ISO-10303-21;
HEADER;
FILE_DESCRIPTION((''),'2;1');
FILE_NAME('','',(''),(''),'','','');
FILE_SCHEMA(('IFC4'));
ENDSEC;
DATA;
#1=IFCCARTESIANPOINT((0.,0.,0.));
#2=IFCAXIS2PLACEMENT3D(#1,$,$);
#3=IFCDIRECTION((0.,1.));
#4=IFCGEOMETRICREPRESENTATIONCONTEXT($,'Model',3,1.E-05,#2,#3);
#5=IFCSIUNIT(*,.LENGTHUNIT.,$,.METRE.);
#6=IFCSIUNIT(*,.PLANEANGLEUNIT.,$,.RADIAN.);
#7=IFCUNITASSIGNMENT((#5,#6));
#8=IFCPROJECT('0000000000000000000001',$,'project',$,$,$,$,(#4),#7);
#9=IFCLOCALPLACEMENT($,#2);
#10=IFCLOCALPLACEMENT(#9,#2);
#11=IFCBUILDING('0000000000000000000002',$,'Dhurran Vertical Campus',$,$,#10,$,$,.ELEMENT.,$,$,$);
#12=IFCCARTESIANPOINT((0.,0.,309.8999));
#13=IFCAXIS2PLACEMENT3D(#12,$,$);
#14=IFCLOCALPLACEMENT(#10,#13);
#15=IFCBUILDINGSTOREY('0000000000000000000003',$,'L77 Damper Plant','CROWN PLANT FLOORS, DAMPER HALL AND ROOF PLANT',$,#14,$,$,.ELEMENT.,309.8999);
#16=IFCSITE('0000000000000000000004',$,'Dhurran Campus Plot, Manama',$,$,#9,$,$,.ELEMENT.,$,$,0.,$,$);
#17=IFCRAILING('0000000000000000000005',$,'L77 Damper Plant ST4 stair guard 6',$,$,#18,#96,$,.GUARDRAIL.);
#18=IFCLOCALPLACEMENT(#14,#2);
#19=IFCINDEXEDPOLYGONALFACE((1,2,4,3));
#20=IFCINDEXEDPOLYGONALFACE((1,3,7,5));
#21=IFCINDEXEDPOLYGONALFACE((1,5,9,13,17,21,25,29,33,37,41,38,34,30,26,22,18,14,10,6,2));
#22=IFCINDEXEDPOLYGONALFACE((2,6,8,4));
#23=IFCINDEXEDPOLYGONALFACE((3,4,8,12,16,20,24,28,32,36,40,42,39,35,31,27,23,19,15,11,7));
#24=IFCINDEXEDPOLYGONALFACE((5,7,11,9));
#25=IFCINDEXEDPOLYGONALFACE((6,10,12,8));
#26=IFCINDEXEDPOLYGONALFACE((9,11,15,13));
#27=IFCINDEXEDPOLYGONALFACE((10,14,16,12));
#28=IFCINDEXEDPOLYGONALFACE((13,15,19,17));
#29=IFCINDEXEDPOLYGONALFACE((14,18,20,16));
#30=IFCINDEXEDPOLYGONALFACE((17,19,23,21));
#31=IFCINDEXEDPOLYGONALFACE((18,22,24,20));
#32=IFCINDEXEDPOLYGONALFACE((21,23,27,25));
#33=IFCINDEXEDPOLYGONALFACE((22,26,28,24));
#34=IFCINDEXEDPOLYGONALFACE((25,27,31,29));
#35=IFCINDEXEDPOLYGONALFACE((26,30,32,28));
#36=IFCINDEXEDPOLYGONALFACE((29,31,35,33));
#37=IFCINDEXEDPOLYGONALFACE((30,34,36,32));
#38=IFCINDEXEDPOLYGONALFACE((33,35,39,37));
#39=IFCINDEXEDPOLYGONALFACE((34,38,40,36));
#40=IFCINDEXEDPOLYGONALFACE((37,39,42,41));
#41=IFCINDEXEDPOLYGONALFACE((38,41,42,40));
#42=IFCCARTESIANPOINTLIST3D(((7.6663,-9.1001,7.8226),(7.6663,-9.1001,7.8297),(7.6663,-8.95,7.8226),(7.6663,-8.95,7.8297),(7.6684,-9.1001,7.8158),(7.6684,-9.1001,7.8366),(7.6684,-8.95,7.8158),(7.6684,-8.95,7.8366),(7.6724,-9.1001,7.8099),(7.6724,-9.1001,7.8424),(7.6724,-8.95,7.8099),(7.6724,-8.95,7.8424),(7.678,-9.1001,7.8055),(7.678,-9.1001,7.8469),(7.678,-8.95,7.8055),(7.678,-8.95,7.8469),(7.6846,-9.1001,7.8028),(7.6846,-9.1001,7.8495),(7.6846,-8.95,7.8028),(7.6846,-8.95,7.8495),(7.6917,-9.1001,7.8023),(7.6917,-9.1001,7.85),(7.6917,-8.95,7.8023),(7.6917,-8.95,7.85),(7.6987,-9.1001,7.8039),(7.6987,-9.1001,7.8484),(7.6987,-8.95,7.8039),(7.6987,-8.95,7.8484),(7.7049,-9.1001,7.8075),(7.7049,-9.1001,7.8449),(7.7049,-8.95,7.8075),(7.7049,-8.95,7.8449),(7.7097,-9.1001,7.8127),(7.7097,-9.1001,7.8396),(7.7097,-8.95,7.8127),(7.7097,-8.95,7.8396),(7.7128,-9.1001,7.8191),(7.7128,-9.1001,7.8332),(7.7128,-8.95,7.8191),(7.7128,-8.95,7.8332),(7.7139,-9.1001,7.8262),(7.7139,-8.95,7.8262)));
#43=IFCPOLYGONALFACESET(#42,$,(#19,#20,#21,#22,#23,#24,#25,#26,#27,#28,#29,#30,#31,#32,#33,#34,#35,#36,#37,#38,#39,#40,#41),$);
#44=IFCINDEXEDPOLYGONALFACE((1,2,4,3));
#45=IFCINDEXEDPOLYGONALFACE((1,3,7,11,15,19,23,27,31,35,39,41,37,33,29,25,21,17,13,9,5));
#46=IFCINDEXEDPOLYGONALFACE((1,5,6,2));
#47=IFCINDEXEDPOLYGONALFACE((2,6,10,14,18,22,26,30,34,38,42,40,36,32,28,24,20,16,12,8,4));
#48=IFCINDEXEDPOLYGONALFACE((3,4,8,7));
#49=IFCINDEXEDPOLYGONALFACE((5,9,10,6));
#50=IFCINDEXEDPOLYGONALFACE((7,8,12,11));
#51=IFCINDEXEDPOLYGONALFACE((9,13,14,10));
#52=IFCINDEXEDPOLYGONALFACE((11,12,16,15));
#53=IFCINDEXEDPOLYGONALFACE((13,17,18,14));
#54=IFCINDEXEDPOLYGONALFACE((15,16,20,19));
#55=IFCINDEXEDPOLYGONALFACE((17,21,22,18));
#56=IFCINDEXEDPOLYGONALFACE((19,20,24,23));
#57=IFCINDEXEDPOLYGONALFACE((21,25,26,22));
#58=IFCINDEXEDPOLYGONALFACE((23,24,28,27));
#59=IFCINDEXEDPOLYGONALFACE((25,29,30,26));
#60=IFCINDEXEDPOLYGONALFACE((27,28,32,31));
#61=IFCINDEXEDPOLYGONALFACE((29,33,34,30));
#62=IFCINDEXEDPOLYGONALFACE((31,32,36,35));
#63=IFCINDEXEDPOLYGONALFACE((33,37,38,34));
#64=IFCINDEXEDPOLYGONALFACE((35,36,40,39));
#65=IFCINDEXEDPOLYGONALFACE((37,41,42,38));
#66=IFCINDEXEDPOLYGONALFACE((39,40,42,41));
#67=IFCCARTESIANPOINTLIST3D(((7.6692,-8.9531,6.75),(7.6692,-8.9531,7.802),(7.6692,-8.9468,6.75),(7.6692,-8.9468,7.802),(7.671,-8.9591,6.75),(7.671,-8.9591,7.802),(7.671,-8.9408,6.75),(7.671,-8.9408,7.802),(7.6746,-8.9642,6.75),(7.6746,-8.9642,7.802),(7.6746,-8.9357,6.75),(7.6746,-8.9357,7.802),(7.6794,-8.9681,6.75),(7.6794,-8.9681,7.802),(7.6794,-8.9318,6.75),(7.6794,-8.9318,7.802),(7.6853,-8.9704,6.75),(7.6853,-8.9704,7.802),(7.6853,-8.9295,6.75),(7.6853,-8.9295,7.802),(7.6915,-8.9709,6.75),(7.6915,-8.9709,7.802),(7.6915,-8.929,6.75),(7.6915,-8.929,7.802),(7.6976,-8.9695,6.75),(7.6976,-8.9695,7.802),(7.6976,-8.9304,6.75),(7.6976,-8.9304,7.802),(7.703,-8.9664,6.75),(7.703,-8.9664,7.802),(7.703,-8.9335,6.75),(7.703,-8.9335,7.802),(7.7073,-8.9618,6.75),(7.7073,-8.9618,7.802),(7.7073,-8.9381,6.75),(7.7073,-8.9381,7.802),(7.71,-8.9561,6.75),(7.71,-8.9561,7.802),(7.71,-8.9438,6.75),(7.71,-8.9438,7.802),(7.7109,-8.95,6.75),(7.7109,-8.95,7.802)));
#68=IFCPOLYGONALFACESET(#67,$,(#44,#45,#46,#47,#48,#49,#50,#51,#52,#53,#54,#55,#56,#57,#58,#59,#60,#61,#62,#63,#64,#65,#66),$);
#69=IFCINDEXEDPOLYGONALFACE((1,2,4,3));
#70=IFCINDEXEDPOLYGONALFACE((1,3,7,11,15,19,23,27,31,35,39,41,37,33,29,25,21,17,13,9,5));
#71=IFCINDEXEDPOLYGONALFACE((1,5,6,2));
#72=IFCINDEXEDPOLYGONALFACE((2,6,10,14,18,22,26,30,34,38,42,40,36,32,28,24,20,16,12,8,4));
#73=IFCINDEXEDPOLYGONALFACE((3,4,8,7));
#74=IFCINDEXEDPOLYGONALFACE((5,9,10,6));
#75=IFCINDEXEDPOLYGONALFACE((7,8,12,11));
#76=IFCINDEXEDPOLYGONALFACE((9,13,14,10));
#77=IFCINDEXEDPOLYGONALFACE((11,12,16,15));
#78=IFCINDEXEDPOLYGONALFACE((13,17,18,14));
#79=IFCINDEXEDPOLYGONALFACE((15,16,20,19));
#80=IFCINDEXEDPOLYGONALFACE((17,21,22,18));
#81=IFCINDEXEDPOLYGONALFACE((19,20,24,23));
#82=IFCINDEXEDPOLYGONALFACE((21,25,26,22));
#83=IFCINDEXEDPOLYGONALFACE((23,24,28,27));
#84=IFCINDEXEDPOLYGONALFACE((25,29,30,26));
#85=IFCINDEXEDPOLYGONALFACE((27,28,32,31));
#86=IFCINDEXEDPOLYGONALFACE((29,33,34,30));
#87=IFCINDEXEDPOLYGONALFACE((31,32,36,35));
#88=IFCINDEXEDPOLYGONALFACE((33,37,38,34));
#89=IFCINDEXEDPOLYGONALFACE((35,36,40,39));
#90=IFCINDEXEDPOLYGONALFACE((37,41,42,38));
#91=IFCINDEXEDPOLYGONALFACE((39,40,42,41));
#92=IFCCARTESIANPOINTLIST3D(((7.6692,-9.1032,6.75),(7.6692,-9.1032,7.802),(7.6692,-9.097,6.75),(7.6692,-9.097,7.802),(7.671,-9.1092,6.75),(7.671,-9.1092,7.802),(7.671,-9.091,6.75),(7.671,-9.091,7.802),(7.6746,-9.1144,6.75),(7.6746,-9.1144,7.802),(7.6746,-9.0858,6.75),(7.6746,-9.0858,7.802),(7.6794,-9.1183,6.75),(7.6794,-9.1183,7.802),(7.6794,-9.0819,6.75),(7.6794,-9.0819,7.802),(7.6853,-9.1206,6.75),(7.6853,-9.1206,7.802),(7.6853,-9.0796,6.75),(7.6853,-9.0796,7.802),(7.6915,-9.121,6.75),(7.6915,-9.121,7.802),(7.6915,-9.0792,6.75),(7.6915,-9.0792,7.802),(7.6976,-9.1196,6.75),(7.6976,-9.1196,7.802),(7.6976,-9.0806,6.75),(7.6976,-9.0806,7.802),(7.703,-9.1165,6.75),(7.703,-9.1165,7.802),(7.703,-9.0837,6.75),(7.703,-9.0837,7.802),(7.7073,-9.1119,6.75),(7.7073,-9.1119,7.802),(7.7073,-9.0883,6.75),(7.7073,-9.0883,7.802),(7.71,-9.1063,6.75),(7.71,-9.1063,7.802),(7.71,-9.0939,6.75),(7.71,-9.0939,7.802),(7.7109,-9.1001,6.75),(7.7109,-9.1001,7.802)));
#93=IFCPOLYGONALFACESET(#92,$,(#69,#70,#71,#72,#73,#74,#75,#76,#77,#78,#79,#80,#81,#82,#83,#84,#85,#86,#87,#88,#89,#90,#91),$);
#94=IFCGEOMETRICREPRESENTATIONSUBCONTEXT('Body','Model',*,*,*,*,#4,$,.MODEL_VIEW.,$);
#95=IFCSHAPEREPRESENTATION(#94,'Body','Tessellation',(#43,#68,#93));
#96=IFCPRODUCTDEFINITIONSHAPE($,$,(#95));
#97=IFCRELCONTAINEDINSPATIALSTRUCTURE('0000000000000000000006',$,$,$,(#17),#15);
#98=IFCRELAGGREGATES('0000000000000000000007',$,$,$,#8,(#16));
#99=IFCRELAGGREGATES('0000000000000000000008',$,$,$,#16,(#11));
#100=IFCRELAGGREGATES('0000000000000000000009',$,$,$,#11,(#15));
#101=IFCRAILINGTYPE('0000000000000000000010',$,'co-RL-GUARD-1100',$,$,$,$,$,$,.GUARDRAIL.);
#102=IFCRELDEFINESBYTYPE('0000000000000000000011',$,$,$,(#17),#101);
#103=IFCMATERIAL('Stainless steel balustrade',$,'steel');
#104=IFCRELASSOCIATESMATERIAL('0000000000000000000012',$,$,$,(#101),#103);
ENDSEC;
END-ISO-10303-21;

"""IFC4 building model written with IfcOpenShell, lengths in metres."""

from ifc_helpers import new_model, si_unit, direction, frame, origin, origin_2d, place, context, subcontext, project, spatial, circle, extrude, material, type_object, element, save


model = new_model("IFC4")

# Units and contexts
model_context = context("Model", 3, precision=1e-05, world=origin(), true_north=direction((0.0, 1.0)))
body_context = subcontext(model_context, "Body", "Model", "MODEL_VIEW")
ifc_project = project(units=[si_unit("LENGTHUNIT", "METRE"), si_unit("PLANEANGLEUNIT", "RADIAN")], contexts=[model_context])

# Site, building, storey
site_placement = place(None, origin())
site = spatial("IfcSite", under=ifc_project, at=site_placement, Name="Dhurran Campus Plot, Manama", CompositionType="ELEMENT", RefElevation=0.0)
building_placement = place(site_placement, origin())
building = spatial("IfcBuilding", under=site, at=building_placement, Name="Dhurran Vertical Campus", CompositionType="ELEMENT")
storey_placement = place(building_placement, frame((0.0, 0.0, 309.8999)))
storey = spatial("IfcBuildingStorey", under=building, at=storey_placement, Name="L77 Damper Plant", Description="CROWN PLANT FLOORS, DAMPER HALL AND ROOF PLANT", CompositionType="ELEMENT", Elevation=309.8999)

# Railing
ifc_material_1 = material(Name="Stainless steel balustrade", Category="steel")
railing_type = type_object("IfcRailingType", Name="co-RL-GUARD-1100", PredefinedType="GUARDRAIL", material=ifc_material_1)
railing_1_placement = place(storey_placement, frame((7.6899, -8.95, 6.75)))
element("IfcRailing", 1, at=railing_1_placement, inside=storey, type_object=railing_type, Name="L77 Damper Plant ST4 stair guard 6", PredefinedType="GUARDRAIL", context=body_context, shape_type="SweptSolid", body=[
    extrude(circle(Radius=0.0239, at=origin_2d()), frame((0.0, 0.0, 1.0762), z_axis=(0.0, -1.0, 0.0), x_axis=(1.0, 0.0, 0.0)), (0.0, 0.0, 1.0), 0.1501),
    extrude(circle(Radius=0.021, at=origin_2d()), origin(), (0.0, 0.0, 1.0), 1.052),
    extrude(circle(Radius=0.021, at=origin_2d()), frame((0.0, -0.1501, 0.0)), (0.0, 0.0, 1.0), 1.052),
])

save(model, "model.ifc")
